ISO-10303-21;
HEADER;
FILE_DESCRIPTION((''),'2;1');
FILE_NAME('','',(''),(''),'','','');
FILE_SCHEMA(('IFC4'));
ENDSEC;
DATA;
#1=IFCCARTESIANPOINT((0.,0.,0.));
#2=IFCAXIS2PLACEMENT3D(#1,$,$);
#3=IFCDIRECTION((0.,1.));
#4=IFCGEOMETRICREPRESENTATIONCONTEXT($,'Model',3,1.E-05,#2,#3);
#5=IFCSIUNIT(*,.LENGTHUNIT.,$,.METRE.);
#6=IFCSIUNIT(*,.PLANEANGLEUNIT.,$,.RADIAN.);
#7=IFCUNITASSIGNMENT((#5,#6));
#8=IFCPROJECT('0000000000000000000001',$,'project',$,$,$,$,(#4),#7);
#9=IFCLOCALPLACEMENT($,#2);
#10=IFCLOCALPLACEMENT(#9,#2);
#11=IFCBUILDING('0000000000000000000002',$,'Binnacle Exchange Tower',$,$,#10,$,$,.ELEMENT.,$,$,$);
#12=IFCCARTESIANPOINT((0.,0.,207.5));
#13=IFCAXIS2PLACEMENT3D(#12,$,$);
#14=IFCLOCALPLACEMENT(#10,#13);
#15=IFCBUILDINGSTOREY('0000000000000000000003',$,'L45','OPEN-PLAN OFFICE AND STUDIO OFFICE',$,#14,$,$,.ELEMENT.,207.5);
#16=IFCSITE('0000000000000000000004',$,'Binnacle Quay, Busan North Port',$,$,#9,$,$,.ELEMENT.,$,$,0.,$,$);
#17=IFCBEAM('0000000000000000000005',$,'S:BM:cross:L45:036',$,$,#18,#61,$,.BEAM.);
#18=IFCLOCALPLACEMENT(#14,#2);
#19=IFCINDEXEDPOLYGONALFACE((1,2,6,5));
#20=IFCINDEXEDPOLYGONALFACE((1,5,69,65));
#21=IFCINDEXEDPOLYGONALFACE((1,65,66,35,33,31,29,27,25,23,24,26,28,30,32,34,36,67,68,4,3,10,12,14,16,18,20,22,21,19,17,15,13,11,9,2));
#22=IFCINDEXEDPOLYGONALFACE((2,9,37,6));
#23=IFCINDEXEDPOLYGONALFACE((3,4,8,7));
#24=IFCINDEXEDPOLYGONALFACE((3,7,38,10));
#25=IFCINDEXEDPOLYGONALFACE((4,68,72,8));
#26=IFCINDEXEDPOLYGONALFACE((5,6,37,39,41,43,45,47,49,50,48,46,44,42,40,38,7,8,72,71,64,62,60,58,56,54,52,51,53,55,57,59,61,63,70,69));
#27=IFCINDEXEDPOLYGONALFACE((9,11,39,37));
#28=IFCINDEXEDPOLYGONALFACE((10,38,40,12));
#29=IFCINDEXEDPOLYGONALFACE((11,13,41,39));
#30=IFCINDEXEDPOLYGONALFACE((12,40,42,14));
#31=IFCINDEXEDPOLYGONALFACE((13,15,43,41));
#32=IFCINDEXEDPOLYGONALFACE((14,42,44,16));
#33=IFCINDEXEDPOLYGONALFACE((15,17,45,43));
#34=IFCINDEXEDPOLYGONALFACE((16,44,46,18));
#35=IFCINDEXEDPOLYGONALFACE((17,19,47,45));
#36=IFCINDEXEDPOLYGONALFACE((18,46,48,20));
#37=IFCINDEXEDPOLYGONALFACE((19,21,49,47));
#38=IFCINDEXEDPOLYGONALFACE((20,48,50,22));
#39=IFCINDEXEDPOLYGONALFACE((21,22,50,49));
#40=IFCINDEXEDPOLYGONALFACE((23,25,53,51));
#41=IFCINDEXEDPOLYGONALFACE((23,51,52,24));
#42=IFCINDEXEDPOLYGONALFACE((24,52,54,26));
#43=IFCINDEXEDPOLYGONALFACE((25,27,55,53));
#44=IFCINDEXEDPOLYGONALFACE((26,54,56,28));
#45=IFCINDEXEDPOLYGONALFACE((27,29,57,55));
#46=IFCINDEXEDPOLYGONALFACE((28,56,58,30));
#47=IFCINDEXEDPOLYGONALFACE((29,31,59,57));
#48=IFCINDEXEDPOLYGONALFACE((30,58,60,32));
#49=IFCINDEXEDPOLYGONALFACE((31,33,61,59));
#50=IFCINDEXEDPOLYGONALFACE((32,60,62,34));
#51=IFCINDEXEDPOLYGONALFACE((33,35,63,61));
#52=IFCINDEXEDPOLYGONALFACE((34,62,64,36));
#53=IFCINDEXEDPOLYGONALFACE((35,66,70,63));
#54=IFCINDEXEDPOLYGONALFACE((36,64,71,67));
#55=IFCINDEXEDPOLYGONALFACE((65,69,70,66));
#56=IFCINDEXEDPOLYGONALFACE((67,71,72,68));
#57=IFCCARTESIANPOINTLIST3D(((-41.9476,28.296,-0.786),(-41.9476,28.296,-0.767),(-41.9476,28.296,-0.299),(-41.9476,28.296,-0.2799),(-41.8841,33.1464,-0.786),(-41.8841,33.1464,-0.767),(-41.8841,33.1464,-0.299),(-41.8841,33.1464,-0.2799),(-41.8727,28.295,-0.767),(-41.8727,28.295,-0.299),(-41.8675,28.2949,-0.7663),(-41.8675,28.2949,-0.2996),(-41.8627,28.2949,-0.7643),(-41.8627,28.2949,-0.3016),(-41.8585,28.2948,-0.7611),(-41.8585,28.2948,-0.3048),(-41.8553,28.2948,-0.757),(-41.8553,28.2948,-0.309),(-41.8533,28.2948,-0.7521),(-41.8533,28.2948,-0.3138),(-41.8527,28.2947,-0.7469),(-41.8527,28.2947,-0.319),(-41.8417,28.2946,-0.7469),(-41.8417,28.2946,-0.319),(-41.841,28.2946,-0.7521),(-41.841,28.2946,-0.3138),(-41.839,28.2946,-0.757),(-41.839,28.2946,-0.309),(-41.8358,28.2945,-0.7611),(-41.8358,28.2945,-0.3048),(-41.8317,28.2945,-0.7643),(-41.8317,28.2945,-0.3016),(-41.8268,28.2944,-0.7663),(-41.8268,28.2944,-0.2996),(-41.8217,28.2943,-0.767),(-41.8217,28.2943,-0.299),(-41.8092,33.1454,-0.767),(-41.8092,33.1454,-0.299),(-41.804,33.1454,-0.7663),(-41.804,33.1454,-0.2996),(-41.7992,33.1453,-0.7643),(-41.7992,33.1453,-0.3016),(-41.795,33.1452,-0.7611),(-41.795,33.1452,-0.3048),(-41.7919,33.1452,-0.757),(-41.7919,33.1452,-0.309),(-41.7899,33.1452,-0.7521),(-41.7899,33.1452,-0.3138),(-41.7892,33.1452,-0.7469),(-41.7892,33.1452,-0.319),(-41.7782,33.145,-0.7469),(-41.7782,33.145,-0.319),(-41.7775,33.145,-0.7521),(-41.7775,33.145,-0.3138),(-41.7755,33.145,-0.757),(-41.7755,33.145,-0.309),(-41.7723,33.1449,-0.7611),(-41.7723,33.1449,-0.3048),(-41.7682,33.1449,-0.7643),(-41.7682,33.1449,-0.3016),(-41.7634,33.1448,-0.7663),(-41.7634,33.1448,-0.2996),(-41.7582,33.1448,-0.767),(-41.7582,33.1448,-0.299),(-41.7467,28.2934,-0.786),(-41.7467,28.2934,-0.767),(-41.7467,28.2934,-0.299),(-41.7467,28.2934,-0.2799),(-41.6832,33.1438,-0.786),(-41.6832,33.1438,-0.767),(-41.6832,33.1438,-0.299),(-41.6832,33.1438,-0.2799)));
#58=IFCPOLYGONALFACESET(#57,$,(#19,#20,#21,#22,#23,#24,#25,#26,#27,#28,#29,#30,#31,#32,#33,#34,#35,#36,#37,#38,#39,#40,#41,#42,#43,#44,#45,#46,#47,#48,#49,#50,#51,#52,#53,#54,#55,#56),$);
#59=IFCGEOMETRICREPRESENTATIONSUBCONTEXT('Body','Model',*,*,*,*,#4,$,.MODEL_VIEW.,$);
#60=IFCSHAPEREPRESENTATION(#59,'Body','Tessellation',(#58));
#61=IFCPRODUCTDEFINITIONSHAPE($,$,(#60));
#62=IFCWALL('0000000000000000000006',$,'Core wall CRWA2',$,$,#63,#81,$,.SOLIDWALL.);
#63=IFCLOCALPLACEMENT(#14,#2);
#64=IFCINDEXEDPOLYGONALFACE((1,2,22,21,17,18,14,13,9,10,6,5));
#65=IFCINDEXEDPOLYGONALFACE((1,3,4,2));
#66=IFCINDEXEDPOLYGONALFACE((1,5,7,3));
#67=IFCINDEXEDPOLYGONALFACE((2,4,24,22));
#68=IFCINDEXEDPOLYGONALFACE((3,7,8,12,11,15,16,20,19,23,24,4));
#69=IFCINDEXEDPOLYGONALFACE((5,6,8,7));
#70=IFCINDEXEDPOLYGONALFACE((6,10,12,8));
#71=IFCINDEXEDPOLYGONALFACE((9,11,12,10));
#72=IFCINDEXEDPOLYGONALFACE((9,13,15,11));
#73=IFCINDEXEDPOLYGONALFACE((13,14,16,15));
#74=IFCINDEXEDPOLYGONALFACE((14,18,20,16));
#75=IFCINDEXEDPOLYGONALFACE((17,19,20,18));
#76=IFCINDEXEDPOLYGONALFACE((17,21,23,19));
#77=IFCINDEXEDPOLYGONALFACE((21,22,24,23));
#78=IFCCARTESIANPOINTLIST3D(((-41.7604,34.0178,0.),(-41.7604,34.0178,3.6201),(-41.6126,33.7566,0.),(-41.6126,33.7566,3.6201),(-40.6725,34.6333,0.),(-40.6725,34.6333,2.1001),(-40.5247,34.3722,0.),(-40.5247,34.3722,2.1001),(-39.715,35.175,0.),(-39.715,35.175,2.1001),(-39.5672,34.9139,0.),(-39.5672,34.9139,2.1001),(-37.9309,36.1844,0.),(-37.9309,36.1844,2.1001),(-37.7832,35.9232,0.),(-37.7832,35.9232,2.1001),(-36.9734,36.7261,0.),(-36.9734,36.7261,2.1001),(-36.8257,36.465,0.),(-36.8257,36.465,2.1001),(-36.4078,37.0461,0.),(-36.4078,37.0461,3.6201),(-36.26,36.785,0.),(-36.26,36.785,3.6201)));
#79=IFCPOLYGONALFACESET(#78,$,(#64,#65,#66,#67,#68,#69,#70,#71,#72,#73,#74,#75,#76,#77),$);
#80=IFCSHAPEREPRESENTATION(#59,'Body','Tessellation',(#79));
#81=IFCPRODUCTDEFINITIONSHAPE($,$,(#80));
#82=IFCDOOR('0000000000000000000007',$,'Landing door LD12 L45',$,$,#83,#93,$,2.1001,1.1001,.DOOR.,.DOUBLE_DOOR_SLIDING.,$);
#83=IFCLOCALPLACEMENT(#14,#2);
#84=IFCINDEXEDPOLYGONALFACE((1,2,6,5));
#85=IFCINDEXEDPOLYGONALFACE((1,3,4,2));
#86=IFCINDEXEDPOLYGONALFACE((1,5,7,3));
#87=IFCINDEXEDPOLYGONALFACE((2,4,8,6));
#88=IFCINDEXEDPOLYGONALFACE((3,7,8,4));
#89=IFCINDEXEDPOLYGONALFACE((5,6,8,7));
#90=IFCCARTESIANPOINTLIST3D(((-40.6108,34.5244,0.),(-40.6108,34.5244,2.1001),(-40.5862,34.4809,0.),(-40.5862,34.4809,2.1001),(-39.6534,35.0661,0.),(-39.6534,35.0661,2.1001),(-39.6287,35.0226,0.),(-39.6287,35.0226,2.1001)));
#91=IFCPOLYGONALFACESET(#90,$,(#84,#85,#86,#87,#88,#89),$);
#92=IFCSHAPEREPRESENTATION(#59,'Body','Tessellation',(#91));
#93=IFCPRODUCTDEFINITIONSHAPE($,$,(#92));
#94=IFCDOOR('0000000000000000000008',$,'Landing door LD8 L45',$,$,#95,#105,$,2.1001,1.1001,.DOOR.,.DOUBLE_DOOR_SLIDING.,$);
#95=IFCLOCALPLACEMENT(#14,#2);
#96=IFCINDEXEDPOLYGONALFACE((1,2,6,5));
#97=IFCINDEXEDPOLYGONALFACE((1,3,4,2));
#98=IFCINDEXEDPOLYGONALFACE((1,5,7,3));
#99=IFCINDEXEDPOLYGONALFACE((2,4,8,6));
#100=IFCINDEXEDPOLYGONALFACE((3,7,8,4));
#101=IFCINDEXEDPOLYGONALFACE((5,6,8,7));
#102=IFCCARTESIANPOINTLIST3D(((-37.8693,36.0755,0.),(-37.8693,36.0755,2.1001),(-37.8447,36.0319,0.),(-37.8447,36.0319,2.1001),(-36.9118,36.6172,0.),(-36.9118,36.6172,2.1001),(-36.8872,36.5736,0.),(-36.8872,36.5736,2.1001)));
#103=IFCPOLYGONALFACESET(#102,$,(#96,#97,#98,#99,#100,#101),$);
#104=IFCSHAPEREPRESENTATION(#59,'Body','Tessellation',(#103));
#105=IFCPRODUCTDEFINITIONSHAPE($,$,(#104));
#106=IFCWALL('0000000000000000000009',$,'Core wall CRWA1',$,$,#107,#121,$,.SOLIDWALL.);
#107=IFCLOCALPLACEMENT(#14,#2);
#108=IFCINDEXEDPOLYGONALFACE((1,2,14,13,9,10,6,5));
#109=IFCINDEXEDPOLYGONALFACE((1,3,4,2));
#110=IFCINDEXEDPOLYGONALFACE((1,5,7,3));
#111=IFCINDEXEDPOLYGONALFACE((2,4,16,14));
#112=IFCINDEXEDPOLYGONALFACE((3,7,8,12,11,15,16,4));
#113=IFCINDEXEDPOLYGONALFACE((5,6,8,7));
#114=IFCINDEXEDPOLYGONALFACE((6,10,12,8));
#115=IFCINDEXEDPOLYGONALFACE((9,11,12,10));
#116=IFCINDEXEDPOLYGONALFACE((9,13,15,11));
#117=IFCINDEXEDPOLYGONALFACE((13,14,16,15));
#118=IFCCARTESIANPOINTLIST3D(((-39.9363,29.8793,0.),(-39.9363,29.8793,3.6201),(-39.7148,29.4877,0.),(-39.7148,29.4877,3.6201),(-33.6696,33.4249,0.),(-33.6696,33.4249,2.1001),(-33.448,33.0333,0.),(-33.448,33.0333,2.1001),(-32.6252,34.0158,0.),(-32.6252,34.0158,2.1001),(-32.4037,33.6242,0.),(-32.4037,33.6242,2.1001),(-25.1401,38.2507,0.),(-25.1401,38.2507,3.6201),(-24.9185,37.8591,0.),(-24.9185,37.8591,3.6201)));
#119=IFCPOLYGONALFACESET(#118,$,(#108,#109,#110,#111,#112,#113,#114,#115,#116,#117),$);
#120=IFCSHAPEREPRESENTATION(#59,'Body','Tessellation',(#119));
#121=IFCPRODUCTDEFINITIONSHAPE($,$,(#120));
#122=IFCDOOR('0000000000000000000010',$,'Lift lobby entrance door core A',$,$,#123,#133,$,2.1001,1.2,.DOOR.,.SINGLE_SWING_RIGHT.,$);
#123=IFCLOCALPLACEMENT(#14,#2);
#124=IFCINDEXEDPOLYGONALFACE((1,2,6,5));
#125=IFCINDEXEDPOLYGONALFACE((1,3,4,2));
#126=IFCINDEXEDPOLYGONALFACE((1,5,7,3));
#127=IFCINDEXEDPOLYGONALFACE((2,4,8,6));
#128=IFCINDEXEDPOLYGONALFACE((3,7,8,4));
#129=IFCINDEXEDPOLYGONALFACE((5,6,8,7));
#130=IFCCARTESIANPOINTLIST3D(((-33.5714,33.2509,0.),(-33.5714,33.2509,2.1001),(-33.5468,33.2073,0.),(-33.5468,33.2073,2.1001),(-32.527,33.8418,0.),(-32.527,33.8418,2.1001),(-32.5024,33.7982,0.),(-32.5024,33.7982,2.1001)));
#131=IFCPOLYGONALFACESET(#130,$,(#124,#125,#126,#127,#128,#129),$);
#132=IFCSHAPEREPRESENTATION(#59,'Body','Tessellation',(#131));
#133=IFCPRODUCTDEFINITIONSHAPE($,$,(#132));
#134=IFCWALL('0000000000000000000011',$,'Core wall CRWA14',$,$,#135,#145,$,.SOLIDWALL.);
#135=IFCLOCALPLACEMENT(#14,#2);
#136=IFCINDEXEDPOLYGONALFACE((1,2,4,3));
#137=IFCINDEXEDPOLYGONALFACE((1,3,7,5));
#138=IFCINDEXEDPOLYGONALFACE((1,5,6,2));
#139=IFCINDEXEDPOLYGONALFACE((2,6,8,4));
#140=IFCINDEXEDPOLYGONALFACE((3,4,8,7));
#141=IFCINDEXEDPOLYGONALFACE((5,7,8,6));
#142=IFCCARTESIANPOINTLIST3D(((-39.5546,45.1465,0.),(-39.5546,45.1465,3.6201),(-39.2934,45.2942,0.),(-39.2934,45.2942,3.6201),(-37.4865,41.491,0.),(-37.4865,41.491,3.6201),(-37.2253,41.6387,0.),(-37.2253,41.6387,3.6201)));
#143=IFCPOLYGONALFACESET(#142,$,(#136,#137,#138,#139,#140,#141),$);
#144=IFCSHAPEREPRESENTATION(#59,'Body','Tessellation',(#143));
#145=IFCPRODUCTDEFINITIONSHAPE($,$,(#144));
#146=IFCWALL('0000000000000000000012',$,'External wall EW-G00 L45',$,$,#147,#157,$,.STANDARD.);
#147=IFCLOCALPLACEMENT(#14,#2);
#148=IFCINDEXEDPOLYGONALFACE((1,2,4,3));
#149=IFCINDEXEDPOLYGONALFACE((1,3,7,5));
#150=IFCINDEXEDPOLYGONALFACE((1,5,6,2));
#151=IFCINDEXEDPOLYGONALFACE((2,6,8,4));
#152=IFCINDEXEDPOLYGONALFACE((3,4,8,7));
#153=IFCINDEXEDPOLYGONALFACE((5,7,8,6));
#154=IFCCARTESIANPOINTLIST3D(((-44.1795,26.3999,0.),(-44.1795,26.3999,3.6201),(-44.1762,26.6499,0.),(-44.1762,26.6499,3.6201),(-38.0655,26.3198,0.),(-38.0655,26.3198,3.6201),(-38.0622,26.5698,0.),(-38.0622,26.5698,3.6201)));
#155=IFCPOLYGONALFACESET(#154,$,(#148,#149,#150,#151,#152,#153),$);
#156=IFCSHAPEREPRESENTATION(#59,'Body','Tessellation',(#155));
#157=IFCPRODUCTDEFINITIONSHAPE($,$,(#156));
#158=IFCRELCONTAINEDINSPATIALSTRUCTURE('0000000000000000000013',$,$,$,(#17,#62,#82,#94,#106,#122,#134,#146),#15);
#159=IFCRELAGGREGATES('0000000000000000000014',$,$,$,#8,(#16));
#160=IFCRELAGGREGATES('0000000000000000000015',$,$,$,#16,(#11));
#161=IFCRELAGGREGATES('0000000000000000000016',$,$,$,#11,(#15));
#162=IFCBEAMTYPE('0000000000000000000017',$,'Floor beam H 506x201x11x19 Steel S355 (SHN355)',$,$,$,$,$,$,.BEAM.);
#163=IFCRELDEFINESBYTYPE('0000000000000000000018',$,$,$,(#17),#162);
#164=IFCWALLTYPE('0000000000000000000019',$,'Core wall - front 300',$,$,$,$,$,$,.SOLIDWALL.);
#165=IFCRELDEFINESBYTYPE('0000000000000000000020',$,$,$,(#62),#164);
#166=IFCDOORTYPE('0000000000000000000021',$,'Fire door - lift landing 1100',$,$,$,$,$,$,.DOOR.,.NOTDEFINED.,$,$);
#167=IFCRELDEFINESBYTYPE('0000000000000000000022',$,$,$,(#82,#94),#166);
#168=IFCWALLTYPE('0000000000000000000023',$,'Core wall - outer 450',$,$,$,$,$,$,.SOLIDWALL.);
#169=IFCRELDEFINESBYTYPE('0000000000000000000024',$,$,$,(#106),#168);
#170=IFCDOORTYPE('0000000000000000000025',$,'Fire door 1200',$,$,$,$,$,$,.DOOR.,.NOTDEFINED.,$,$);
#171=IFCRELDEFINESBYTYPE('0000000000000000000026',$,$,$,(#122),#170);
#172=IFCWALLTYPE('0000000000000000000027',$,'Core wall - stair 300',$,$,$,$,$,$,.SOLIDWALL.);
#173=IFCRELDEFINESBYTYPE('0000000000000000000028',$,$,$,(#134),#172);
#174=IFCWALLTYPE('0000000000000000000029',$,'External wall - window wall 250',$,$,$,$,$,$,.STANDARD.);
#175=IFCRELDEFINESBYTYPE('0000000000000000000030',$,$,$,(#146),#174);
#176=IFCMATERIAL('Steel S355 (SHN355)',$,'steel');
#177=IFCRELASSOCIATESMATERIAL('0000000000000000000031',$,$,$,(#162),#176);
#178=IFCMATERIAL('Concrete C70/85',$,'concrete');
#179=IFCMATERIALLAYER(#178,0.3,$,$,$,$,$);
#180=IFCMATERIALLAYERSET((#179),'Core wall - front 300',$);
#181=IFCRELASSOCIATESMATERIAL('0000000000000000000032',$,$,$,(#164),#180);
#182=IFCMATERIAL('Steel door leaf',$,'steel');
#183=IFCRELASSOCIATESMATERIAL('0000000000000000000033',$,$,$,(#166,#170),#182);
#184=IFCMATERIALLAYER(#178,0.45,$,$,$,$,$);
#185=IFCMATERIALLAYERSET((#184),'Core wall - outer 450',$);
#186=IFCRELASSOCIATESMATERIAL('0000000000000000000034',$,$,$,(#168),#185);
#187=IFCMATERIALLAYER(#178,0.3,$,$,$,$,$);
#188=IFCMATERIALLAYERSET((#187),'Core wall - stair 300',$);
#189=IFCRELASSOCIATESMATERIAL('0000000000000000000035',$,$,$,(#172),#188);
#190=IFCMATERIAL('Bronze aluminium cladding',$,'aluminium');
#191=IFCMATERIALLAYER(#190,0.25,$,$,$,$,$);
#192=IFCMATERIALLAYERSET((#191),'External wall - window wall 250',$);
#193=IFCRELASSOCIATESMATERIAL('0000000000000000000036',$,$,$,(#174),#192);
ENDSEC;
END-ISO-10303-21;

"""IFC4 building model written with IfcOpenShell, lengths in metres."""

from ifc_helpers import new_model, si_unit, direction, frame, frame_2d, origin, origin_2d, place, context, subcontext, project, spatial, rectangle, i_section, extrude, material, layer, layer_set, material_profile, profile_set, type_object, element, fill, save


model = new_model("IFC4")

# Units and contexts
model_context = context("Model", 3, precision=1e-05, world=origin(), true_north=direction((0.0, 1.0)))
body_context = subcontext(model_context, "Body", "Model", "MODEL_VIEW")
ifc_project = project(units=[si_unit("LENGTHUNIT", "METRE"), si_unit("PLANEANGLEUNIT", "RADIAN")], contexts=[model_context])

# Site, building, storey
site_placement = place(None, origin())
site = spatial("IfcSite", under=ifc_project, at=site_placement, Name="Binnacle Quay, Busan North Port", CompositionType="ELEMENT", RefElevation=0.0)
building_placement = place(site_placement, origin())
building = spatial("IfcBuilding", under=site, at=building_placement, Name="Binnacle Exchange Tower", CompositionType="ELEMENT")
storey_placement = place(building_placement, frame((0.0, 0.0, 207.5)))
storey = spatial("IfcBuildingStorey", under=building, at=storey_placement, Name="L45", Description="OPEN-PLAN OFFICE AND STUDIO OFFICE", CompositionType="ELEMENT", Elevation=207.5)

# Beam
ifc_material_1 = material(Name="Steel S355 (SHN355)", Category="steel")
ifc_material_profile_1 = material_profile(ifc_material_1, i_section(OverallWidth=0.2009, OverallDepth=0.5061, WebThickness=0.011, FlangeThickness=0.019, FilletRadius=0.02, at=origin_2d()), Name="H 506x201x11x19")
ifc_profile_set_1 = profile_set([ifc_material_profile_1], Name="Steel S355 (SHN355)")
beam_type_1 = type_object("IfcBeamType", Name="Floor beam H 506x201x11x19 Steel S355 (SHN355)", PredefinedType="BEAM", material=ifc_profile_set_1)
beam_1_placement = place(storey_placement, frame((-41.8472, 28.2947, -0.533), z_axis=(0.013086, 0.999914, 0.0), x_axis=(-0.999914, 0.013086, 0.0)))
element("IfcBeam", 1, at=beam_1_placement, inside=storey, type_object=beam_type_1, Name="S:BM:cross:L45:036", PredefinedType="BEAM", context=body_context, shape_type="SweptSolid", body=[
    extrude(i_section(OverallWidth=0.2009, OverallDepth=0.5061, WebThickness=0.011, FlangeThickness=0.019, FilletRadius=0.02, at=origin_2d()), origin(), (0.0, 0.0, 1.0), 4.8508),
])

# Wall, openings, doors
ifc_material_2 = material(Name="Concrete C70/85", Category="concrete")
ifc_layer_1 = layer(ifc_material_2, 0.3)
ifc_layer_set_1 = layer_set([ifc_layer_1], Name="Core wall - front 300")
wall_type_1 = type_object("IfcWallType", Name="Core wall - front 300", PredefinedType="SOLIDWALL", material=ifc_layer_set_1)
wall_1_placement = place(storey_placement, frame((-41.6865, 33.8872, 0.0), z_axis=(0.0, 0.0, 1.0), x_axis=(0.870356, 0.492423, 0.0)))
wall_1 = element("IfcWall", 2, at=wall_1_placement, inside=storey, type_object=wall_type_1, Name="Core wall CRWA2", PredefinedType="SOLIDWALL", context=body_context, shape_type="SweptSolid", body=[
    extrude(rectangle(XDim=6.1499, YDim=0.3, at=frame_2d((3.075, 0.0))), origin(), (0.0, 0.0, 1.0), 3.6201),
])
opening_1_placement = place(wall_1_placement, frame((1.25, 0.0, 0.0)))
opening_1 = element("IfcOpeningElement", 3, at=opening_1_placement, cuts=wall_1, PredefinedType="OPENING", context=body_context, shape_type="SweptSolid", body=[
    extrude(rectangle(XDim=1.1001, YDim=2.1001, at=frame_2d((0.55, 1.05))), frame((0.0, 0.1599, 0.0), z_axis=(0.0, -1.0, 0.0), x_axis=(1.0, 0.0, 0.0)), (0.0, 0.0, 1.0), 0.3201),
])
opening_2_placement = place(wall_1_placement, frame((4.3999, 0.0, 0.0)))
opening_2 = element("IfcOpeningElement", 4, at=opening_2_placement, cuts=wall_1, PredefinedType="OPENING", context=body_context, shape_type="SweptSolid", body=[
    extrude(rectangle(XDim=1.1001, YDim=2.1001, at=frame_2d((0.55, 1.05))), frame((0.0, 0.1599, 0.0), z_axis=(0.0, -1.0, 0.0), x_axis=(1.0, 0.0, 0.0)), (0.0, 0.0, 1.0), 0.3201),
])
ifc_material_3 = material(Name="Steel door leaf", Category="steel")
door_type_1 = type_object("IfcDoorType", Name="Fire door - lift landing 1100", OperationType="NOTDEFINED", PredefinedType="DOOR", material=ifc_material_3)
door_1_placement = place(opening_1_placement, origin())
door_1 = element("IfcDoor", 5, at=door_1_placement, inside=storey, type_object=door_type_1, Name="Landing door LD12 L45", OperationType="DOUBLE_DOOR_SLIDING", OverallHeight=2.1001, OverallWidth=1.1001, PredefinedType="DOOR", context=body_context, shape_type="SweptSolid", body=[
    extrude(rectangle(XDim=1.1001, YDim=2.1001, at=frame_2d((0.55, 1.05))), frame((0.0, 0.0249, 0.0), z_axis=(0.0, -1.0, 0.0), x_axis=(1.0, 0.0, 0.0)), (0.0, 0.0, 1.0), 0.05),
])
fill(opening_1, door_1)
door_2_placement = place(opening_2_placement, origin())
door_2 = element("IfcDoor", 6, at=door_2_placement, inside=storey, type_object=door_type_1, Name="Landing door LD8 L45", OperationType="DOUBLE_DOOR_SLIDING", OverallHeight=2.1001, OverallWidth=1.1001, PredefinedType="DOOR", context=body_context, shape_type="SweptSolid", body=[
    extrude(rectangle(XDim=1.1001, YDim=2.1001, at=frame_2d((0.55, 1.05))), frame((0.0, 0.0249, 0.0), z_axis=(0.0, -1.0, 0.0), x_axis=(1.0, 0.0, 0.0)), (0.0, 0.0, 1.0), 0.05),
])
fill(opening_2, door_2)

# Wall, opening, door
ifc_layer_2 = layer(ifc_material_2, 0.45)
ifc_layer_set_2 = layer_set([ifc_layer_2], Name="Core wall - outer 450")
wall_type_2 = type_object("IfcWallType", Name="Core wall - outer 450", PredefinedType="SOLIDWALL", material=ifc_layer_set_2)
wall_2_placement = place(storey_placement, frame((-39.8254, 29.6836, 0.0), z_axis=(0.0, 0.0, 1.0), x_axis=(0.870354, 0.492427, 0.0)))
wall_2 = element("IfcWall", 7, at=wall_2_placement, inside=storey, type_object=wall_type_2, Name="Core wall CRWA1", PredefinedType="SOLIDWALL", context=body_context, shape_type="SweptSolid", body=[
    extrude(rectangle(XDim=17.0002, YDim=0.45, at=frame_2d((8.5, 0.0))), origin(), (0.0, 0.0, 1.0), 3.6201),
])
opening_3_placement = place(wall_2_placement, frame((7.2, 0.0, 0.0)))
opening_3 = element("IfcOpeningElement", 8, at=opening_3_placement, cuts=wall_2, PredefinedType="OPENING", context=body_context, shape_type="SweptSolid", body=[
    extrude(rectangle(XDim=1.2, YDim=2.1001, at=frame_2d((0.6001, 1.05))), frame((0.0, 0.2349, 0.0), z_axis=(0.0, -1.0, 0.0), x_axis=(1.0, 0.0, 0.0)), (0.0, 0.0, 1.0), 0.47),
])
door_type_2 = type_object("IfcDoorType", Name="Fire door 1200", OperationType="NOTDEFINED", PredefinedType="DOOR", material=ifc_material_3)
door_3_placement = place(opening_3_placement, frame((1.2, 0.0, 0.0), z_axis=(0.0, 0.0, 1.0), x_axis=(-1.0, 0.0, 0.0)))
door_3 = element("IfcDoor", 9, at=door_3_placement, inside=storey, type_object=door_type_2, Name="Lift lobby entrance door core A", OperationType="SINGLE_SWING_RIGHT", OverallHeight=2.1001, OverallWidth=1.2, PredefinedType="DOOR", context=body_context, shape_type="SweptSolid", body=[
    extrude(rectangle(XDim=1.2, YDim=2.1001, at=frame_2d((0.6001, 1.05))), frame((0.0, 0.0249, 0.0), z_axis=(0.0, -1.0, 0.0), x_axis=(1.0, 0.0, 0.0)), (0.0, 0.0, 1.0), 0.05),
])
fill(opening_3, door_3)

# Walls
ifc_layer_3 = layer(ifc_material_2, 0.3)
ifc_layer_set_3 = layer_set([ifc_layer_3], Name="Core wall - stair 300")
wall_type_3 = type_object("IfcWallType", Name="Core wall - stair 300", PredefinedType="SOLIDWALL", material=ifc_layer_set_3)
wall_3_placement = place(storey_placement, frame((-39.4241, 45.2205, 0.0), z_axis=(0.0, 0.0, 1.0), x_axis=(0.49241, -0.870364, 0.0)))
element("IfcWall", 10, at=wall_3_placement, inside=storey, type_object=wall_type_3, Name="Core wall CRWA14", PredefinedType="SOLIDWALL", context=body_context, shape_type="SweptSolid", body=[
    extrude(rectangle(XDim=4.2, YDim=0.3, at=frame_2d((2.1001, 0.0))), origin(), (0.0, 0.0, 1.0), 3.6201),
])
ifc_material_4 = material(Name="Bronze aluminium cladding", Category="aluminium")
ifc_layer_4 = layer(ifc_material_4, 0.25)
ifc_layer_set_4 = layer_set([ifc_layer_4], Name="External wall - window wall 250")
wall_type_4 = type_object("IfcWallType", Name="External wall - window wall 250", PredefinedType="STANDARD", material=ifc_layer_set_4)
wall_4_placement = place(storey_placement, frame((-38.064, 26.4448, 0.0), z_axis=(0.0, 0.0, 1.0), x_axis=(-0.999914, 0.013096, 0.0)))
element("IfcWall", 11, at=wall_4_placement, inside=storey, type_object=wall_type_4, Name="External wall EW-G00 L45", PredefinedType="STANDARD", context=body_context, shape_type="SweptSolid", body=[
    extrude(rectangle(XDim=6.1145, YDim=0.25, at=frame_2d((3.0571, 0.0))), origin(), (0.0, 0.0, 1.0), 3.6201),
])

save(model, "model.ifc")
